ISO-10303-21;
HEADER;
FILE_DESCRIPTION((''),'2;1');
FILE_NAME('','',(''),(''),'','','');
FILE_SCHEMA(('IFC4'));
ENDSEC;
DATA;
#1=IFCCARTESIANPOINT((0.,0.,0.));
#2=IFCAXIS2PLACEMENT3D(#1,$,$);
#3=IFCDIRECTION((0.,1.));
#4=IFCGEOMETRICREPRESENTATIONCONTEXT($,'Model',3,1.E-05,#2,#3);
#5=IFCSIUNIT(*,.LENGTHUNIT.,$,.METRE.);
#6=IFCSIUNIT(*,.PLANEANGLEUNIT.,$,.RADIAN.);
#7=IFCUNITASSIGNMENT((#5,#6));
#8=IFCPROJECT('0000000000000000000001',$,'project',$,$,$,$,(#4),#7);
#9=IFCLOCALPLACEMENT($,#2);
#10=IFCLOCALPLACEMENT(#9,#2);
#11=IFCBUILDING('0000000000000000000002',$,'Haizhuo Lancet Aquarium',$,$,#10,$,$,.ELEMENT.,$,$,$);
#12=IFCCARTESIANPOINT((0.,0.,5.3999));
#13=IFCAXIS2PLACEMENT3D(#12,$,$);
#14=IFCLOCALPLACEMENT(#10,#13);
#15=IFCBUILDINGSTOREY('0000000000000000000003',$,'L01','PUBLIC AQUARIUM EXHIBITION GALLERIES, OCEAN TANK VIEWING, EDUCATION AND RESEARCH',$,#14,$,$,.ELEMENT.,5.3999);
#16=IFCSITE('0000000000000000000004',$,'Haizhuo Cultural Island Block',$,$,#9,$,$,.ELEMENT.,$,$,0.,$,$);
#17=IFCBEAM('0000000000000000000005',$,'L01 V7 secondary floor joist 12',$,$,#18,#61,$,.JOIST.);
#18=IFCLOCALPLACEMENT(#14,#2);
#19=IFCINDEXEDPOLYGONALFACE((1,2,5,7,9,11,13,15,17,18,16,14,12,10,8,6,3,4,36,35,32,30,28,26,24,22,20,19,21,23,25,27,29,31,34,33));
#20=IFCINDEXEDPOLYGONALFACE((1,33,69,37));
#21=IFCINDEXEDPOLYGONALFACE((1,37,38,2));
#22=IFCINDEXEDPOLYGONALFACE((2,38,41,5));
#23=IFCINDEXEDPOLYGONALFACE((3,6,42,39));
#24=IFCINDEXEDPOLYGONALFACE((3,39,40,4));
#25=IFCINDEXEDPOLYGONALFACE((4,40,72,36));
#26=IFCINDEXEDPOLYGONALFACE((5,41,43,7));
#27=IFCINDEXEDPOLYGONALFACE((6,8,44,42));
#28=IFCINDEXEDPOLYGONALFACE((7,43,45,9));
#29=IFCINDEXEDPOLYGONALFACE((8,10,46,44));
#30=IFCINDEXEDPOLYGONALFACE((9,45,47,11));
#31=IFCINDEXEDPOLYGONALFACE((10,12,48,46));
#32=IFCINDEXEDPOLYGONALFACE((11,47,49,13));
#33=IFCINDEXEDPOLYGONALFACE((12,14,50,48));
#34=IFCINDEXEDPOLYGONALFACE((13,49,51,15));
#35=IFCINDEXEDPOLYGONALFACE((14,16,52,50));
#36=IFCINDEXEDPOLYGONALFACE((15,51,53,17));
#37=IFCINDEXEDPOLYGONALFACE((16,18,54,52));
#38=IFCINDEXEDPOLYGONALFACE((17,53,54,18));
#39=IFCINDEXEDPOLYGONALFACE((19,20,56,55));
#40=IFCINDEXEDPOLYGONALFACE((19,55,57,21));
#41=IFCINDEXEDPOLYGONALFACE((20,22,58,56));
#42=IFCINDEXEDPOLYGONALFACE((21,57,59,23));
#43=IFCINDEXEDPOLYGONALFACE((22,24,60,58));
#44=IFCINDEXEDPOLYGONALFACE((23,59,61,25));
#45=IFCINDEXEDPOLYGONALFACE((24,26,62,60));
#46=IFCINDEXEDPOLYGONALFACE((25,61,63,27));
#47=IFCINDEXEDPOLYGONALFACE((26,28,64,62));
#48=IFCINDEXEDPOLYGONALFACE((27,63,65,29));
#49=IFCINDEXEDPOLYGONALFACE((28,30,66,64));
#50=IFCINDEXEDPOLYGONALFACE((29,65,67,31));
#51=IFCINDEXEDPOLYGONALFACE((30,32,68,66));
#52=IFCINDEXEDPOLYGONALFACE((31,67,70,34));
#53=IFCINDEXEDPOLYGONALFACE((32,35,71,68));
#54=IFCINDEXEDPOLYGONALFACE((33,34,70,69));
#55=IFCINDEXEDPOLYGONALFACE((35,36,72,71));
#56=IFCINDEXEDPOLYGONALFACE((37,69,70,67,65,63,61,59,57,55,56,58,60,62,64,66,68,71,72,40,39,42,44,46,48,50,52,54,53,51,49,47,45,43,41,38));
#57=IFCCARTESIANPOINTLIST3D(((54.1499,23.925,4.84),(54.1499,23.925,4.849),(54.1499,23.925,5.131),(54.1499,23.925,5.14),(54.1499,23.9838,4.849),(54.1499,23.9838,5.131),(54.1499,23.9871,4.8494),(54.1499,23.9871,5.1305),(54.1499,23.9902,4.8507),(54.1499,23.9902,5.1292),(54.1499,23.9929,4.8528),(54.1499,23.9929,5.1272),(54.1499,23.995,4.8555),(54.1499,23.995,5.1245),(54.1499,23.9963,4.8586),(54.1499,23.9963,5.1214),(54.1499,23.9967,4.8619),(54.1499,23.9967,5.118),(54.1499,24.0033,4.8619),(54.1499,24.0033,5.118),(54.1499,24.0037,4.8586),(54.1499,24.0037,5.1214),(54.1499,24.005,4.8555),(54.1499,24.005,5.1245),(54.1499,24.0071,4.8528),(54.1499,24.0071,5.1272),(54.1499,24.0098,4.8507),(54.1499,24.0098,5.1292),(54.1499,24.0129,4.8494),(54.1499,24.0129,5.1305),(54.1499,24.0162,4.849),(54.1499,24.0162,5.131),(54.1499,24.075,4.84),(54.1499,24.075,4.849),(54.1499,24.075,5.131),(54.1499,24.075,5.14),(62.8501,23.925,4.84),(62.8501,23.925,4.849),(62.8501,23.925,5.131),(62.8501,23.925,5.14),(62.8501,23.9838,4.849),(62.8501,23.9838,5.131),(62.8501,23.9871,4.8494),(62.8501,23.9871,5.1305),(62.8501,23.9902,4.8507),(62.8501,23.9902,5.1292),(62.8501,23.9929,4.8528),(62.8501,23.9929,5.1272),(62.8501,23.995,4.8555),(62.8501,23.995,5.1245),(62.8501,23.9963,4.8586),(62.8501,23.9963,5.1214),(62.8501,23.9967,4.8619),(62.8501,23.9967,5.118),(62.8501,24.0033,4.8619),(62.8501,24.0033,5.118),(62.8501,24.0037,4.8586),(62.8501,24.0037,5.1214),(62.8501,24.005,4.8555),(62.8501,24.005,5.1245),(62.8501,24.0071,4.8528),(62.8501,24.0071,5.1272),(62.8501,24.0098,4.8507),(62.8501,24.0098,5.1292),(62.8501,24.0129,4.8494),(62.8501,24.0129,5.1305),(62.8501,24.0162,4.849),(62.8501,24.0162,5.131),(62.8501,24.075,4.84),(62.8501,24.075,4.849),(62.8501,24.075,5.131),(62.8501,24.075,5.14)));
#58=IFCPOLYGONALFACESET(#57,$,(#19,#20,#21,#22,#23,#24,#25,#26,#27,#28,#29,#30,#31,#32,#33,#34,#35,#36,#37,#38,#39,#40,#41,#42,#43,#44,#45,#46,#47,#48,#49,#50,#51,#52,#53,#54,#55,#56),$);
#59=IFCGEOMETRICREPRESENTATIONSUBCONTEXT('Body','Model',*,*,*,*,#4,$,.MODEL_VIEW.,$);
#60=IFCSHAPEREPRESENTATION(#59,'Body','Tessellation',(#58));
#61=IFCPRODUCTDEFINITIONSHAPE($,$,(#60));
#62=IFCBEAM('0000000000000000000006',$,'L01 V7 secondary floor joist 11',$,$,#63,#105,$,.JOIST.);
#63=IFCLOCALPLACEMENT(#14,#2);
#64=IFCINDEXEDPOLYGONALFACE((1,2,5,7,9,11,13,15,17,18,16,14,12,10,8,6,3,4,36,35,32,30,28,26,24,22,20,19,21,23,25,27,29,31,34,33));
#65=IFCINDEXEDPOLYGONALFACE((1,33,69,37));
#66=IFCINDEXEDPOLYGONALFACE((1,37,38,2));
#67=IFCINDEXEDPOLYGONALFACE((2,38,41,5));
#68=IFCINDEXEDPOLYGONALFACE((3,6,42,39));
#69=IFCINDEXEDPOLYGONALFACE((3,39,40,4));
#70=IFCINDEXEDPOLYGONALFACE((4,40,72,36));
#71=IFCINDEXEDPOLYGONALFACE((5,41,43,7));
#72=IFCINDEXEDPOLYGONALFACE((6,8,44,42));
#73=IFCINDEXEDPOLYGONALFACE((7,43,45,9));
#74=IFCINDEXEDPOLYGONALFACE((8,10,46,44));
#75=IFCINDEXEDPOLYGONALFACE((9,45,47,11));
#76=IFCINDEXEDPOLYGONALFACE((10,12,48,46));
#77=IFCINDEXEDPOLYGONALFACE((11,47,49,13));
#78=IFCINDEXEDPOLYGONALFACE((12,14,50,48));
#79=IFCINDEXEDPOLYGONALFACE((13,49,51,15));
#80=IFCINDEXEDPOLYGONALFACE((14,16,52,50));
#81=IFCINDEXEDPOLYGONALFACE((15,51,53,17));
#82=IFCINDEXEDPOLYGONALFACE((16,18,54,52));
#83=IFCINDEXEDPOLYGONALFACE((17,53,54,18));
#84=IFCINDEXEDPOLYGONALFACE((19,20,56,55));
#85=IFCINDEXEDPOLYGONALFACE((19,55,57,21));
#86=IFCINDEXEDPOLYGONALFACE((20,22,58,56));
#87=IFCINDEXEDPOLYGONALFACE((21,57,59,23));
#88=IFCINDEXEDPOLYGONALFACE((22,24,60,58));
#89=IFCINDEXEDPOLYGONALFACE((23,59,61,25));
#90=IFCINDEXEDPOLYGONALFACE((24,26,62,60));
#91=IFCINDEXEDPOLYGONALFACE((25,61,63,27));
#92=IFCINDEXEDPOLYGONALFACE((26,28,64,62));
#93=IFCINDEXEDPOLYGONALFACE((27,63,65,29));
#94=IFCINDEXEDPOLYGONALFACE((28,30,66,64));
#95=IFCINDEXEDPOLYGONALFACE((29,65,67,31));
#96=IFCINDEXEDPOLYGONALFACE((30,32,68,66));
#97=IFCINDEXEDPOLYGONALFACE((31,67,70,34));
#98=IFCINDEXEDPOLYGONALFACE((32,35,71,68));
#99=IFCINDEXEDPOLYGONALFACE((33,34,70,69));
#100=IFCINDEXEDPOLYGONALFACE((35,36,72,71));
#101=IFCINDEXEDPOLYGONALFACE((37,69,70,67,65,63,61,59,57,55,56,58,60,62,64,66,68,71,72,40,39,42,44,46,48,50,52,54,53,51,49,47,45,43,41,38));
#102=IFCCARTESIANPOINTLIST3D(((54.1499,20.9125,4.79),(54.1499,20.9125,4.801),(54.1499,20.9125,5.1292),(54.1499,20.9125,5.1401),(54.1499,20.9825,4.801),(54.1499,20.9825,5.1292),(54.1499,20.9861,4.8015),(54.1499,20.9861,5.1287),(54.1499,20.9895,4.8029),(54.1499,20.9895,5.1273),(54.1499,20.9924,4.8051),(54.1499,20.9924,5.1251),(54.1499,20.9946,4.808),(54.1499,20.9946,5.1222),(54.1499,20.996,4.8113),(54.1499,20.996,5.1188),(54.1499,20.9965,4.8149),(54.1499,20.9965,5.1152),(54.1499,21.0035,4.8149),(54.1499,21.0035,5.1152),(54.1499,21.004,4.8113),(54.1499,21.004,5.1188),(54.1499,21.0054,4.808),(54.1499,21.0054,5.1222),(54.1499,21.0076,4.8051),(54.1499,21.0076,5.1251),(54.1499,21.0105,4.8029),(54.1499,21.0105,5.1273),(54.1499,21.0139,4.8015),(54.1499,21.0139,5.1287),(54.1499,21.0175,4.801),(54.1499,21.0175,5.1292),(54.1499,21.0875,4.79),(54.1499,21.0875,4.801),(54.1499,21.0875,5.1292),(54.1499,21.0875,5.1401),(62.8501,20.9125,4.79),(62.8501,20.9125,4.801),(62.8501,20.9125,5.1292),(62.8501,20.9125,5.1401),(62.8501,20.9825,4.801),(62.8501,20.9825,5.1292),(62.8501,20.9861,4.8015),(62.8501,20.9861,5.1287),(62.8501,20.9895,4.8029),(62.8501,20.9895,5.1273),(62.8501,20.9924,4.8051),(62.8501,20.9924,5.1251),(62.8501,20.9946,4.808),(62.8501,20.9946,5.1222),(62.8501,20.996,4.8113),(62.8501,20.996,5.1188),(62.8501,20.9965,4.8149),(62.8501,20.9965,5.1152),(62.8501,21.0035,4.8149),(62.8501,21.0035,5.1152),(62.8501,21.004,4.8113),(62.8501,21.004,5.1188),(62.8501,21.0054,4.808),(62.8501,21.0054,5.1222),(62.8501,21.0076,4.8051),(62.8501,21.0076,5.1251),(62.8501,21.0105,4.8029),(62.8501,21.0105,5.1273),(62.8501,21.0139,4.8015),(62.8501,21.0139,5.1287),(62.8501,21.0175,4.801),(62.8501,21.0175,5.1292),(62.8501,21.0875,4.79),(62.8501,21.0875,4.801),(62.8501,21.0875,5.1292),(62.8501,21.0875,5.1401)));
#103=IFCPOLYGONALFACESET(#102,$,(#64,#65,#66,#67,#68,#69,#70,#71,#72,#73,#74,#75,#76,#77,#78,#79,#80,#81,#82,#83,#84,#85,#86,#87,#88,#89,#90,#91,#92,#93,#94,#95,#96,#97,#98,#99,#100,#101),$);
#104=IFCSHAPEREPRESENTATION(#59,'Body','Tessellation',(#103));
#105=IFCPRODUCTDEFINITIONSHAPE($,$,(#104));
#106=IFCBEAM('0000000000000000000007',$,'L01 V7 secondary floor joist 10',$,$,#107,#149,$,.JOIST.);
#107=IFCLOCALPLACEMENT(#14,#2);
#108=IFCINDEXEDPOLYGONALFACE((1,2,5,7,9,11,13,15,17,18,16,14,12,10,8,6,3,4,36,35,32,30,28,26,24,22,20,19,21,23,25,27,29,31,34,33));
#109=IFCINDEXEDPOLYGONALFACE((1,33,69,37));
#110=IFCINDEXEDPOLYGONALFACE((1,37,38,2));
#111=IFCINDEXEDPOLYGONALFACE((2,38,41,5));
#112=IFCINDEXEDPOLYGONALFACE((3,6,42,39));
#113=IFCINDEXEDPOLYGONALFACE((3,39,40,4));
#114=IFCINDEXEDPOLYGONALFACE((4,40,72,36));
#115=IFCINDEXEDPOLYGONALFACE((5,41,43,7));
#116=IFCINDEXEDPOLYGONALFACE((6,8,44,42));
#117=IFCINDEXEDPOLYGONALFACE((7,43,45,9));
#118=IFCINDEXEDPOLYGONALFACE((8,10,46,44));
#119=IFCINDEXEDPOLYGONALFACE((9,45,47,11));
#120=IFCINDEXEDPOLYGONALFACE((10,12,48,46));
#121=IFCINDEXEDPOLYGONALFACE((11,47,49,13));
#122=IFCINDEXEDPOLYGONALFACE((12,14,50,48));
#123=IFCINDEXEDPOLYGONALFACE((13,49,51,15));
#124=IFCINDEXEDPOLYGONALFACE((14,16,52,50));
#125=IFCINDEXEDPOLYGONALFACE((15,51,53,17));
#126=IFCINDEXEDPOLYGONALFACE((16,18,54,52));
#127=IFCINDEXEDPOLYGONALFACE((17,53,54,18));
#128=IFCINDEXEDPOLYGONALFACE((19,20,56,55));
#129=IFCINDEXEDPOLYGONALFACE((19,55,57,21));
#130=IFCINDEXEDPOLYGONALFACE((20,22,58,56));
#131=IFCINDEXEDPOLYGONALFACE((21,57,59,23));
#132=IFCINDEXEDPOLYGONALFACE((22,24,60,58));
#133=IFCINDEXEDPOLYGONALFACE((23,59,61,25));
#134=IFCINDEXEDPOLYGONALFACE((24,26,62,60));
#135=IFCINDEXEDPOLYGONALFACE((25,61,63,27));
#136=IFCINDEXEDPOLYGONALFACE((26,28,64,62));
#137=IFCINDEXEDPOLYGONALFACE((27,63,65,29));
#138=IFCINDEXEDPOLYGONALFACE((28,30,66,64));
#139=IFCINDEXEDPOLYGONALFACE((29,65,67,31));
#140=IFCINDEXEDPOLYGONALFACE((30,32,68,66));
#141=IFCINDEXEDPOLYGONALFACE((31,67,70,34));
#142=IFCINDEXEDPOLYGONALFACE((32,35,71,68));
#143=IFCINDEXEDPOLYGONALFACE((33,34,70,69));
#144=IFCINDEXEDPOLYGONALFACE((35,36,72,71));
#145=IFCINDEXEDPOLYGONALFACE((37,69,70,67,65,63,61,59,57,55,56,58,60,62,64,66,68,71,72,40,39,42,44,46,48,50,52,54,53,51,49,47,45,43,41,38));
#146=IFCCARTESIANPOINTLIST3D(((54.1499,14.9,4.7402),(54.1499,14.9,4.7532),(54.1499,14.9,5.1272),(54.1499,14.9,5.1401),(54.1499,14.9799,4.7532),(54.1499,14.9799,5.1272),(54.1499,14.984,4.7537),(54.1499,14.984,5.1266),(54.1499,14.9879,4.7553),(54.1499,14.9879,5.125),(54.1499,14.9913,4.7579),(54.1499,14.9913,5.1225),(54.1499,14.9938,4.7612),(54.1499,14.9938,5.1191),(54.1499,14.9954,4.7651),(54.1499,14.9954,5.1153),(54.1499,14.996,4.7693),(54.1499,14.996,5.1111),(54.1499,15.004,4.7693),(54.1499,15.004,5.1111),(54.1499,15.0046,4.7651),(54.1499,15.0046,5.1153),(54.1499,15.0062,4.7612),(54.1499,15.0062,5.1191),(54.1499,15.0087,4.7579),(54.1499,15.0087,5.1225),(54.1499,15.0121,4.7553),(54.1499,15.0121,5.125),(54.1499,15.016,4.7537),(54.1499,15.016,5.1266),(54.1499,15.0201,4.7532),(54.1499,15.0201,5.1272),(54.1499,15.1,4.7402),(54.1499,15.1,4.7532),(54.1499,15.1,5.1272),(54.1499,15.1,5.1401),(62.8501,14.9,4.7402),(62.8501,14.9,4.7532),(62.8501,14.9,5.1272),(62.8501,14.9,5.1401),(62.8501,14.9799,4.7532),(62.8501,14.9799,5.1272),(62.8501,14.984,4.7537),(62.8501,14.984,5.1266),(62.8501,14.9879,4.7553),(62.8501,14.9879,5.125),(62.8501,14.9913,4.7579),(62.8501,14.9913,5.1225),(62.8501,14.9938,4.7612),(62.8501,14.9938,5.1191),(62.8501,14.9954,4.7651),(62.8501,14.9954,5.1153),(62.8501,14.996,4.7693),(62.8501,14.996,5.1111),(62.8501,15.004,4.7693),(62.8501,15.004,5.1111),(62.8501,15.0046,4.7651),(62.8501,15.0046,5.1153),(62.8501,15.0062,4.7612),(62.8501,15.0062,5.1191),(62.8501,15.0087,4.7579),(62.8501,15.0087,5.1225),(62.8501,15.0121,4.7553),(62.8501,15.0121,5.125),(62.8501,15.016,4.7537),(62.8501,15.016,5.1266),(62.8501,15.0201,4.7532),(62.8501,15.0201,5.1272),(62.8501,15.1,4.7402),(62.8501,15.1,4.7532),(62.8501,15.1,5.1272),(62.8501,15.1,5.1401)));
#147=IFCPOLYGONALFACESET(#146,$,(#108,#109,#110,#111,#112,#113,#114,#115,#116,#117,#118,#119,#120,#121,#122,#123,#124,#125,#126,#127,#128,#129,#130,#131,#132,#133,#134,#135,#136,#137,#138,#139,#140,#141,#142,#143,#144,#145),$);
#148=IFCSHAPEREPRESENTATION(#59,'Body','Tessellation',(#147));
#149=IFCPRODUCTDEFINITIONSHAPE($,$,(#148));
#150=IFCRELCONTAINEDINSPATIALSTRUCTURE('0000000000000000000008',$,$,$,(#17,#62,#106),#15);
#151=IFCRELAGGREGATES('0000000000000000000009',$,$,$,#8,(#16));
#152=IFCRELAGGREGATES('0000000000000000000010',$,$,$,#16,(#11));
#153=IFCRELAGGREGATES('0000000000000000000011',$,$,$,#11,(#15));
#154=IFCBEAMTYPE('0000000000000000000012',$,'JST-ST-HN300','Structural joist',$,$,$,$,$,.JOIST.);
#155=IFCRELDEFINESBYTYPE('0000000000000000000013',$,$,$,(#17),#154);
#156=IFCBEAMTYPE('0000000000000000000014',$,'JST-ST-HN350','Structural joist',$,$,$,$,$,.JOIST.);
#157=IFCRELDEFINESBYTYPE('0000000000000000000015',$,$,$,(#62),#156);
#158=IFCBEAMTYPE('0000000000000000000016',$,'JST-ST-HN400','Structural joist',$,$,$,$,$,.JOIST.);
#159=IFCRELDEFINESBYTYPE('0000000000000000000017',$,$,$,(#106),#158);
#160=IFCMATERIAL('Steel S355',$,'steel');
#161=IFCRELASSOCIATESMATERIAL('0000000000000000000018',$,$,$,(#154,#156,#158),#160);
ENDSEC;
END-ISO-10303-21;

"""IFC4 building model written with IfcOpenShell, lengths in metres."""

from ifc_helpers import new_model, si_unit, direction, frame, origin, origin_2d, place, context, subcontext, project, spatial, i_section, extrude, material, material_profile, profile_set, type_object, element, save


model = new_model("IFC4")

# Units and contexts
model_context = context("Model", 3, precision=1e-05, world=origin(), true_north=direction((0.0, 1.0)))
body_context = subcontext(model_context, "Body", "Model", "MODEL_VIEW")
ifc_project = project(units=[si_unit("LENGTHUNIT", "METRE"), si_unit("PLANEANGLEUNIT", "RADIAN")], contexts=[model_context])

# Site, building, storey
site_placement = place(None, origin())
site = spatial("IfcSite", under=ifc_project, at=site_placement, Name="Haizhuo Cultural Island Block", CompositionType="ELEMENT", RefElevation=0.0)
building_placement = place(site_placement, origin())
building = spatial("IfcBuilding", under=site, at=building_placement, Name="Haizhuo Lancet Aquarium", CompositionType="ELEMENT")
storey_placement = place(building_placement, frame((0.0, 0.0, 5.3999)))
storey = spatial("IfcBuildingStorey", under=building, at=storey_placement, Name="L01", Description="PUBLIC AQUARIUM EXHIBITION GALLERIES, OCEAN TANK VIEWING, EDUCATION AND RESEARCH", CompositionType="ELEMENT", Elevation=5.3999)

# Shared definitions
ifc_material_1 = material(Name="Steel S355", Category="steel")

# Beams
ifc_material_profile_1 = material_profile(ifc_material_1, i_section(OverallWidth=0.1499, OverallDepth=0.3, WebThickness=0.0066, FlangeThickness=0.009, FilletRadius=0.0129, at=origin_2d()), Name="HN 300x150x6.5x9")
ifc_profile_set_1 = profile_set([ifc_material_profile_1], Name="Steel S355")
beam_type_1 = type_object("IfcBeamType", Name="JST-ST-HN300", Description="Structural joist", PredefinedType="JOIST", material=ifc_profile_set_1)
beam_1_placement = place(storey_placement, frame((54.1499, 24.0, 4.99), z_axis=(1.0, 0.0, 0.0), x_axis=(0.0, 1.0, 0.0)))
element("IfcBeam", 1, at=beam_1_placement, inside=storey, type_object=beam_type_1, Name="L01 V7 secondary floor joist 12", PredefinedType="JOIST", context=body_context, shape_type="SweptSolid", body=[
    extrude(i_section(OverallWidth=0.1499, OverallDepth=0.3, WebThickness=0.0066, FlangeThickness=0.009, FilletRadius=0.0129, at=origin_2d()), origin(), (0.0, 0.0, 1.0), 8.7002),
])
ifc_material_profile_2 = material_profile(ifc_material_1, i_section(OverallWidth=0.175, OverallDepth=0.3501, WebThickness=0.0071, FlangeThickness=0.011, FilletRadius=0.0139, at=origin_2d()), Name="HN 350x175x7x11")
ifc_profile_set_2 = profile_set([ifc_material_profile_2], Name="Steel S355")
beam_type_2 = type_object("IfcBeamType", Name="JST-ST-HN350", Description="Structural joist", PredefinedType="JOIST", material=ifc_profile_set_2)
beam_2_placement = place(storey_placement, frame((54.1499, 21.0, 4.9651), z_axis=(1.0, 0.0, 0.0), x_axis=(0.0, 1.0, 0.0)))
element("IfcBeam", 2, at=beam_2_placement, inside=storey, type_object=beam_type_2, Name="L01 V7 secondary floor joist 11", PredefinedType="JOIST", context=body_context, shape_type="SweptSolid", body=[
    extrude(i_section(OverallWidth=0.175, OverallDepth=0.3501, WebThickness=0.0071, FlangeThickness=0.011, FilletRadius=0.0139, at=origin_2d()), origin(), (0.0, 0.0, 1.0), 8.7002),
])
ifc_material_profile_3 = material_profile(ifc_material_1, i_section(OverallWidth=0.2, OverallDepth=0.3999, WebThickness=0.0081, FlangeThickness=0.0129, FilletRadius=0.0161, at=origin_2d()), Name="HN 400x200x8x13")
ifc_profile_set_3 = profile_set([ifc_material_profile_3], Name="Steel S355")
beam_type_3 = type_object("IfcBeamType", Name="JST-ST-HN400", Description="Structural joist", PredefinedType="JOIST", material=ifc_profile_set_3)
beam_3_placement = place(storey_placement, frame((54.1499, 15.0, 4.9402), z_axis=(1.0, 0.0, 0.0), x_axis=(0.0, 1.0, 0.0)))
element("IfcBeam", 3, at=beam_3_placement, inside=storey, type_object=beam_type_3, Name="L01 V7 secondary floor joist 10", PredefinedType="JOIST", context=body_context, shape_type="SweptSolid", body=[
    extrude(i_section(OverallWidth=0.2, OverallDepth=0.3999, WebThickness=0.0081, FlangeThickness=0.0129, FilletRadius=0.0161, at=origin_2d()), origin(), (0.0, 0.0, 1.0), 8.7002),
])

save(model, "model.ifc")
